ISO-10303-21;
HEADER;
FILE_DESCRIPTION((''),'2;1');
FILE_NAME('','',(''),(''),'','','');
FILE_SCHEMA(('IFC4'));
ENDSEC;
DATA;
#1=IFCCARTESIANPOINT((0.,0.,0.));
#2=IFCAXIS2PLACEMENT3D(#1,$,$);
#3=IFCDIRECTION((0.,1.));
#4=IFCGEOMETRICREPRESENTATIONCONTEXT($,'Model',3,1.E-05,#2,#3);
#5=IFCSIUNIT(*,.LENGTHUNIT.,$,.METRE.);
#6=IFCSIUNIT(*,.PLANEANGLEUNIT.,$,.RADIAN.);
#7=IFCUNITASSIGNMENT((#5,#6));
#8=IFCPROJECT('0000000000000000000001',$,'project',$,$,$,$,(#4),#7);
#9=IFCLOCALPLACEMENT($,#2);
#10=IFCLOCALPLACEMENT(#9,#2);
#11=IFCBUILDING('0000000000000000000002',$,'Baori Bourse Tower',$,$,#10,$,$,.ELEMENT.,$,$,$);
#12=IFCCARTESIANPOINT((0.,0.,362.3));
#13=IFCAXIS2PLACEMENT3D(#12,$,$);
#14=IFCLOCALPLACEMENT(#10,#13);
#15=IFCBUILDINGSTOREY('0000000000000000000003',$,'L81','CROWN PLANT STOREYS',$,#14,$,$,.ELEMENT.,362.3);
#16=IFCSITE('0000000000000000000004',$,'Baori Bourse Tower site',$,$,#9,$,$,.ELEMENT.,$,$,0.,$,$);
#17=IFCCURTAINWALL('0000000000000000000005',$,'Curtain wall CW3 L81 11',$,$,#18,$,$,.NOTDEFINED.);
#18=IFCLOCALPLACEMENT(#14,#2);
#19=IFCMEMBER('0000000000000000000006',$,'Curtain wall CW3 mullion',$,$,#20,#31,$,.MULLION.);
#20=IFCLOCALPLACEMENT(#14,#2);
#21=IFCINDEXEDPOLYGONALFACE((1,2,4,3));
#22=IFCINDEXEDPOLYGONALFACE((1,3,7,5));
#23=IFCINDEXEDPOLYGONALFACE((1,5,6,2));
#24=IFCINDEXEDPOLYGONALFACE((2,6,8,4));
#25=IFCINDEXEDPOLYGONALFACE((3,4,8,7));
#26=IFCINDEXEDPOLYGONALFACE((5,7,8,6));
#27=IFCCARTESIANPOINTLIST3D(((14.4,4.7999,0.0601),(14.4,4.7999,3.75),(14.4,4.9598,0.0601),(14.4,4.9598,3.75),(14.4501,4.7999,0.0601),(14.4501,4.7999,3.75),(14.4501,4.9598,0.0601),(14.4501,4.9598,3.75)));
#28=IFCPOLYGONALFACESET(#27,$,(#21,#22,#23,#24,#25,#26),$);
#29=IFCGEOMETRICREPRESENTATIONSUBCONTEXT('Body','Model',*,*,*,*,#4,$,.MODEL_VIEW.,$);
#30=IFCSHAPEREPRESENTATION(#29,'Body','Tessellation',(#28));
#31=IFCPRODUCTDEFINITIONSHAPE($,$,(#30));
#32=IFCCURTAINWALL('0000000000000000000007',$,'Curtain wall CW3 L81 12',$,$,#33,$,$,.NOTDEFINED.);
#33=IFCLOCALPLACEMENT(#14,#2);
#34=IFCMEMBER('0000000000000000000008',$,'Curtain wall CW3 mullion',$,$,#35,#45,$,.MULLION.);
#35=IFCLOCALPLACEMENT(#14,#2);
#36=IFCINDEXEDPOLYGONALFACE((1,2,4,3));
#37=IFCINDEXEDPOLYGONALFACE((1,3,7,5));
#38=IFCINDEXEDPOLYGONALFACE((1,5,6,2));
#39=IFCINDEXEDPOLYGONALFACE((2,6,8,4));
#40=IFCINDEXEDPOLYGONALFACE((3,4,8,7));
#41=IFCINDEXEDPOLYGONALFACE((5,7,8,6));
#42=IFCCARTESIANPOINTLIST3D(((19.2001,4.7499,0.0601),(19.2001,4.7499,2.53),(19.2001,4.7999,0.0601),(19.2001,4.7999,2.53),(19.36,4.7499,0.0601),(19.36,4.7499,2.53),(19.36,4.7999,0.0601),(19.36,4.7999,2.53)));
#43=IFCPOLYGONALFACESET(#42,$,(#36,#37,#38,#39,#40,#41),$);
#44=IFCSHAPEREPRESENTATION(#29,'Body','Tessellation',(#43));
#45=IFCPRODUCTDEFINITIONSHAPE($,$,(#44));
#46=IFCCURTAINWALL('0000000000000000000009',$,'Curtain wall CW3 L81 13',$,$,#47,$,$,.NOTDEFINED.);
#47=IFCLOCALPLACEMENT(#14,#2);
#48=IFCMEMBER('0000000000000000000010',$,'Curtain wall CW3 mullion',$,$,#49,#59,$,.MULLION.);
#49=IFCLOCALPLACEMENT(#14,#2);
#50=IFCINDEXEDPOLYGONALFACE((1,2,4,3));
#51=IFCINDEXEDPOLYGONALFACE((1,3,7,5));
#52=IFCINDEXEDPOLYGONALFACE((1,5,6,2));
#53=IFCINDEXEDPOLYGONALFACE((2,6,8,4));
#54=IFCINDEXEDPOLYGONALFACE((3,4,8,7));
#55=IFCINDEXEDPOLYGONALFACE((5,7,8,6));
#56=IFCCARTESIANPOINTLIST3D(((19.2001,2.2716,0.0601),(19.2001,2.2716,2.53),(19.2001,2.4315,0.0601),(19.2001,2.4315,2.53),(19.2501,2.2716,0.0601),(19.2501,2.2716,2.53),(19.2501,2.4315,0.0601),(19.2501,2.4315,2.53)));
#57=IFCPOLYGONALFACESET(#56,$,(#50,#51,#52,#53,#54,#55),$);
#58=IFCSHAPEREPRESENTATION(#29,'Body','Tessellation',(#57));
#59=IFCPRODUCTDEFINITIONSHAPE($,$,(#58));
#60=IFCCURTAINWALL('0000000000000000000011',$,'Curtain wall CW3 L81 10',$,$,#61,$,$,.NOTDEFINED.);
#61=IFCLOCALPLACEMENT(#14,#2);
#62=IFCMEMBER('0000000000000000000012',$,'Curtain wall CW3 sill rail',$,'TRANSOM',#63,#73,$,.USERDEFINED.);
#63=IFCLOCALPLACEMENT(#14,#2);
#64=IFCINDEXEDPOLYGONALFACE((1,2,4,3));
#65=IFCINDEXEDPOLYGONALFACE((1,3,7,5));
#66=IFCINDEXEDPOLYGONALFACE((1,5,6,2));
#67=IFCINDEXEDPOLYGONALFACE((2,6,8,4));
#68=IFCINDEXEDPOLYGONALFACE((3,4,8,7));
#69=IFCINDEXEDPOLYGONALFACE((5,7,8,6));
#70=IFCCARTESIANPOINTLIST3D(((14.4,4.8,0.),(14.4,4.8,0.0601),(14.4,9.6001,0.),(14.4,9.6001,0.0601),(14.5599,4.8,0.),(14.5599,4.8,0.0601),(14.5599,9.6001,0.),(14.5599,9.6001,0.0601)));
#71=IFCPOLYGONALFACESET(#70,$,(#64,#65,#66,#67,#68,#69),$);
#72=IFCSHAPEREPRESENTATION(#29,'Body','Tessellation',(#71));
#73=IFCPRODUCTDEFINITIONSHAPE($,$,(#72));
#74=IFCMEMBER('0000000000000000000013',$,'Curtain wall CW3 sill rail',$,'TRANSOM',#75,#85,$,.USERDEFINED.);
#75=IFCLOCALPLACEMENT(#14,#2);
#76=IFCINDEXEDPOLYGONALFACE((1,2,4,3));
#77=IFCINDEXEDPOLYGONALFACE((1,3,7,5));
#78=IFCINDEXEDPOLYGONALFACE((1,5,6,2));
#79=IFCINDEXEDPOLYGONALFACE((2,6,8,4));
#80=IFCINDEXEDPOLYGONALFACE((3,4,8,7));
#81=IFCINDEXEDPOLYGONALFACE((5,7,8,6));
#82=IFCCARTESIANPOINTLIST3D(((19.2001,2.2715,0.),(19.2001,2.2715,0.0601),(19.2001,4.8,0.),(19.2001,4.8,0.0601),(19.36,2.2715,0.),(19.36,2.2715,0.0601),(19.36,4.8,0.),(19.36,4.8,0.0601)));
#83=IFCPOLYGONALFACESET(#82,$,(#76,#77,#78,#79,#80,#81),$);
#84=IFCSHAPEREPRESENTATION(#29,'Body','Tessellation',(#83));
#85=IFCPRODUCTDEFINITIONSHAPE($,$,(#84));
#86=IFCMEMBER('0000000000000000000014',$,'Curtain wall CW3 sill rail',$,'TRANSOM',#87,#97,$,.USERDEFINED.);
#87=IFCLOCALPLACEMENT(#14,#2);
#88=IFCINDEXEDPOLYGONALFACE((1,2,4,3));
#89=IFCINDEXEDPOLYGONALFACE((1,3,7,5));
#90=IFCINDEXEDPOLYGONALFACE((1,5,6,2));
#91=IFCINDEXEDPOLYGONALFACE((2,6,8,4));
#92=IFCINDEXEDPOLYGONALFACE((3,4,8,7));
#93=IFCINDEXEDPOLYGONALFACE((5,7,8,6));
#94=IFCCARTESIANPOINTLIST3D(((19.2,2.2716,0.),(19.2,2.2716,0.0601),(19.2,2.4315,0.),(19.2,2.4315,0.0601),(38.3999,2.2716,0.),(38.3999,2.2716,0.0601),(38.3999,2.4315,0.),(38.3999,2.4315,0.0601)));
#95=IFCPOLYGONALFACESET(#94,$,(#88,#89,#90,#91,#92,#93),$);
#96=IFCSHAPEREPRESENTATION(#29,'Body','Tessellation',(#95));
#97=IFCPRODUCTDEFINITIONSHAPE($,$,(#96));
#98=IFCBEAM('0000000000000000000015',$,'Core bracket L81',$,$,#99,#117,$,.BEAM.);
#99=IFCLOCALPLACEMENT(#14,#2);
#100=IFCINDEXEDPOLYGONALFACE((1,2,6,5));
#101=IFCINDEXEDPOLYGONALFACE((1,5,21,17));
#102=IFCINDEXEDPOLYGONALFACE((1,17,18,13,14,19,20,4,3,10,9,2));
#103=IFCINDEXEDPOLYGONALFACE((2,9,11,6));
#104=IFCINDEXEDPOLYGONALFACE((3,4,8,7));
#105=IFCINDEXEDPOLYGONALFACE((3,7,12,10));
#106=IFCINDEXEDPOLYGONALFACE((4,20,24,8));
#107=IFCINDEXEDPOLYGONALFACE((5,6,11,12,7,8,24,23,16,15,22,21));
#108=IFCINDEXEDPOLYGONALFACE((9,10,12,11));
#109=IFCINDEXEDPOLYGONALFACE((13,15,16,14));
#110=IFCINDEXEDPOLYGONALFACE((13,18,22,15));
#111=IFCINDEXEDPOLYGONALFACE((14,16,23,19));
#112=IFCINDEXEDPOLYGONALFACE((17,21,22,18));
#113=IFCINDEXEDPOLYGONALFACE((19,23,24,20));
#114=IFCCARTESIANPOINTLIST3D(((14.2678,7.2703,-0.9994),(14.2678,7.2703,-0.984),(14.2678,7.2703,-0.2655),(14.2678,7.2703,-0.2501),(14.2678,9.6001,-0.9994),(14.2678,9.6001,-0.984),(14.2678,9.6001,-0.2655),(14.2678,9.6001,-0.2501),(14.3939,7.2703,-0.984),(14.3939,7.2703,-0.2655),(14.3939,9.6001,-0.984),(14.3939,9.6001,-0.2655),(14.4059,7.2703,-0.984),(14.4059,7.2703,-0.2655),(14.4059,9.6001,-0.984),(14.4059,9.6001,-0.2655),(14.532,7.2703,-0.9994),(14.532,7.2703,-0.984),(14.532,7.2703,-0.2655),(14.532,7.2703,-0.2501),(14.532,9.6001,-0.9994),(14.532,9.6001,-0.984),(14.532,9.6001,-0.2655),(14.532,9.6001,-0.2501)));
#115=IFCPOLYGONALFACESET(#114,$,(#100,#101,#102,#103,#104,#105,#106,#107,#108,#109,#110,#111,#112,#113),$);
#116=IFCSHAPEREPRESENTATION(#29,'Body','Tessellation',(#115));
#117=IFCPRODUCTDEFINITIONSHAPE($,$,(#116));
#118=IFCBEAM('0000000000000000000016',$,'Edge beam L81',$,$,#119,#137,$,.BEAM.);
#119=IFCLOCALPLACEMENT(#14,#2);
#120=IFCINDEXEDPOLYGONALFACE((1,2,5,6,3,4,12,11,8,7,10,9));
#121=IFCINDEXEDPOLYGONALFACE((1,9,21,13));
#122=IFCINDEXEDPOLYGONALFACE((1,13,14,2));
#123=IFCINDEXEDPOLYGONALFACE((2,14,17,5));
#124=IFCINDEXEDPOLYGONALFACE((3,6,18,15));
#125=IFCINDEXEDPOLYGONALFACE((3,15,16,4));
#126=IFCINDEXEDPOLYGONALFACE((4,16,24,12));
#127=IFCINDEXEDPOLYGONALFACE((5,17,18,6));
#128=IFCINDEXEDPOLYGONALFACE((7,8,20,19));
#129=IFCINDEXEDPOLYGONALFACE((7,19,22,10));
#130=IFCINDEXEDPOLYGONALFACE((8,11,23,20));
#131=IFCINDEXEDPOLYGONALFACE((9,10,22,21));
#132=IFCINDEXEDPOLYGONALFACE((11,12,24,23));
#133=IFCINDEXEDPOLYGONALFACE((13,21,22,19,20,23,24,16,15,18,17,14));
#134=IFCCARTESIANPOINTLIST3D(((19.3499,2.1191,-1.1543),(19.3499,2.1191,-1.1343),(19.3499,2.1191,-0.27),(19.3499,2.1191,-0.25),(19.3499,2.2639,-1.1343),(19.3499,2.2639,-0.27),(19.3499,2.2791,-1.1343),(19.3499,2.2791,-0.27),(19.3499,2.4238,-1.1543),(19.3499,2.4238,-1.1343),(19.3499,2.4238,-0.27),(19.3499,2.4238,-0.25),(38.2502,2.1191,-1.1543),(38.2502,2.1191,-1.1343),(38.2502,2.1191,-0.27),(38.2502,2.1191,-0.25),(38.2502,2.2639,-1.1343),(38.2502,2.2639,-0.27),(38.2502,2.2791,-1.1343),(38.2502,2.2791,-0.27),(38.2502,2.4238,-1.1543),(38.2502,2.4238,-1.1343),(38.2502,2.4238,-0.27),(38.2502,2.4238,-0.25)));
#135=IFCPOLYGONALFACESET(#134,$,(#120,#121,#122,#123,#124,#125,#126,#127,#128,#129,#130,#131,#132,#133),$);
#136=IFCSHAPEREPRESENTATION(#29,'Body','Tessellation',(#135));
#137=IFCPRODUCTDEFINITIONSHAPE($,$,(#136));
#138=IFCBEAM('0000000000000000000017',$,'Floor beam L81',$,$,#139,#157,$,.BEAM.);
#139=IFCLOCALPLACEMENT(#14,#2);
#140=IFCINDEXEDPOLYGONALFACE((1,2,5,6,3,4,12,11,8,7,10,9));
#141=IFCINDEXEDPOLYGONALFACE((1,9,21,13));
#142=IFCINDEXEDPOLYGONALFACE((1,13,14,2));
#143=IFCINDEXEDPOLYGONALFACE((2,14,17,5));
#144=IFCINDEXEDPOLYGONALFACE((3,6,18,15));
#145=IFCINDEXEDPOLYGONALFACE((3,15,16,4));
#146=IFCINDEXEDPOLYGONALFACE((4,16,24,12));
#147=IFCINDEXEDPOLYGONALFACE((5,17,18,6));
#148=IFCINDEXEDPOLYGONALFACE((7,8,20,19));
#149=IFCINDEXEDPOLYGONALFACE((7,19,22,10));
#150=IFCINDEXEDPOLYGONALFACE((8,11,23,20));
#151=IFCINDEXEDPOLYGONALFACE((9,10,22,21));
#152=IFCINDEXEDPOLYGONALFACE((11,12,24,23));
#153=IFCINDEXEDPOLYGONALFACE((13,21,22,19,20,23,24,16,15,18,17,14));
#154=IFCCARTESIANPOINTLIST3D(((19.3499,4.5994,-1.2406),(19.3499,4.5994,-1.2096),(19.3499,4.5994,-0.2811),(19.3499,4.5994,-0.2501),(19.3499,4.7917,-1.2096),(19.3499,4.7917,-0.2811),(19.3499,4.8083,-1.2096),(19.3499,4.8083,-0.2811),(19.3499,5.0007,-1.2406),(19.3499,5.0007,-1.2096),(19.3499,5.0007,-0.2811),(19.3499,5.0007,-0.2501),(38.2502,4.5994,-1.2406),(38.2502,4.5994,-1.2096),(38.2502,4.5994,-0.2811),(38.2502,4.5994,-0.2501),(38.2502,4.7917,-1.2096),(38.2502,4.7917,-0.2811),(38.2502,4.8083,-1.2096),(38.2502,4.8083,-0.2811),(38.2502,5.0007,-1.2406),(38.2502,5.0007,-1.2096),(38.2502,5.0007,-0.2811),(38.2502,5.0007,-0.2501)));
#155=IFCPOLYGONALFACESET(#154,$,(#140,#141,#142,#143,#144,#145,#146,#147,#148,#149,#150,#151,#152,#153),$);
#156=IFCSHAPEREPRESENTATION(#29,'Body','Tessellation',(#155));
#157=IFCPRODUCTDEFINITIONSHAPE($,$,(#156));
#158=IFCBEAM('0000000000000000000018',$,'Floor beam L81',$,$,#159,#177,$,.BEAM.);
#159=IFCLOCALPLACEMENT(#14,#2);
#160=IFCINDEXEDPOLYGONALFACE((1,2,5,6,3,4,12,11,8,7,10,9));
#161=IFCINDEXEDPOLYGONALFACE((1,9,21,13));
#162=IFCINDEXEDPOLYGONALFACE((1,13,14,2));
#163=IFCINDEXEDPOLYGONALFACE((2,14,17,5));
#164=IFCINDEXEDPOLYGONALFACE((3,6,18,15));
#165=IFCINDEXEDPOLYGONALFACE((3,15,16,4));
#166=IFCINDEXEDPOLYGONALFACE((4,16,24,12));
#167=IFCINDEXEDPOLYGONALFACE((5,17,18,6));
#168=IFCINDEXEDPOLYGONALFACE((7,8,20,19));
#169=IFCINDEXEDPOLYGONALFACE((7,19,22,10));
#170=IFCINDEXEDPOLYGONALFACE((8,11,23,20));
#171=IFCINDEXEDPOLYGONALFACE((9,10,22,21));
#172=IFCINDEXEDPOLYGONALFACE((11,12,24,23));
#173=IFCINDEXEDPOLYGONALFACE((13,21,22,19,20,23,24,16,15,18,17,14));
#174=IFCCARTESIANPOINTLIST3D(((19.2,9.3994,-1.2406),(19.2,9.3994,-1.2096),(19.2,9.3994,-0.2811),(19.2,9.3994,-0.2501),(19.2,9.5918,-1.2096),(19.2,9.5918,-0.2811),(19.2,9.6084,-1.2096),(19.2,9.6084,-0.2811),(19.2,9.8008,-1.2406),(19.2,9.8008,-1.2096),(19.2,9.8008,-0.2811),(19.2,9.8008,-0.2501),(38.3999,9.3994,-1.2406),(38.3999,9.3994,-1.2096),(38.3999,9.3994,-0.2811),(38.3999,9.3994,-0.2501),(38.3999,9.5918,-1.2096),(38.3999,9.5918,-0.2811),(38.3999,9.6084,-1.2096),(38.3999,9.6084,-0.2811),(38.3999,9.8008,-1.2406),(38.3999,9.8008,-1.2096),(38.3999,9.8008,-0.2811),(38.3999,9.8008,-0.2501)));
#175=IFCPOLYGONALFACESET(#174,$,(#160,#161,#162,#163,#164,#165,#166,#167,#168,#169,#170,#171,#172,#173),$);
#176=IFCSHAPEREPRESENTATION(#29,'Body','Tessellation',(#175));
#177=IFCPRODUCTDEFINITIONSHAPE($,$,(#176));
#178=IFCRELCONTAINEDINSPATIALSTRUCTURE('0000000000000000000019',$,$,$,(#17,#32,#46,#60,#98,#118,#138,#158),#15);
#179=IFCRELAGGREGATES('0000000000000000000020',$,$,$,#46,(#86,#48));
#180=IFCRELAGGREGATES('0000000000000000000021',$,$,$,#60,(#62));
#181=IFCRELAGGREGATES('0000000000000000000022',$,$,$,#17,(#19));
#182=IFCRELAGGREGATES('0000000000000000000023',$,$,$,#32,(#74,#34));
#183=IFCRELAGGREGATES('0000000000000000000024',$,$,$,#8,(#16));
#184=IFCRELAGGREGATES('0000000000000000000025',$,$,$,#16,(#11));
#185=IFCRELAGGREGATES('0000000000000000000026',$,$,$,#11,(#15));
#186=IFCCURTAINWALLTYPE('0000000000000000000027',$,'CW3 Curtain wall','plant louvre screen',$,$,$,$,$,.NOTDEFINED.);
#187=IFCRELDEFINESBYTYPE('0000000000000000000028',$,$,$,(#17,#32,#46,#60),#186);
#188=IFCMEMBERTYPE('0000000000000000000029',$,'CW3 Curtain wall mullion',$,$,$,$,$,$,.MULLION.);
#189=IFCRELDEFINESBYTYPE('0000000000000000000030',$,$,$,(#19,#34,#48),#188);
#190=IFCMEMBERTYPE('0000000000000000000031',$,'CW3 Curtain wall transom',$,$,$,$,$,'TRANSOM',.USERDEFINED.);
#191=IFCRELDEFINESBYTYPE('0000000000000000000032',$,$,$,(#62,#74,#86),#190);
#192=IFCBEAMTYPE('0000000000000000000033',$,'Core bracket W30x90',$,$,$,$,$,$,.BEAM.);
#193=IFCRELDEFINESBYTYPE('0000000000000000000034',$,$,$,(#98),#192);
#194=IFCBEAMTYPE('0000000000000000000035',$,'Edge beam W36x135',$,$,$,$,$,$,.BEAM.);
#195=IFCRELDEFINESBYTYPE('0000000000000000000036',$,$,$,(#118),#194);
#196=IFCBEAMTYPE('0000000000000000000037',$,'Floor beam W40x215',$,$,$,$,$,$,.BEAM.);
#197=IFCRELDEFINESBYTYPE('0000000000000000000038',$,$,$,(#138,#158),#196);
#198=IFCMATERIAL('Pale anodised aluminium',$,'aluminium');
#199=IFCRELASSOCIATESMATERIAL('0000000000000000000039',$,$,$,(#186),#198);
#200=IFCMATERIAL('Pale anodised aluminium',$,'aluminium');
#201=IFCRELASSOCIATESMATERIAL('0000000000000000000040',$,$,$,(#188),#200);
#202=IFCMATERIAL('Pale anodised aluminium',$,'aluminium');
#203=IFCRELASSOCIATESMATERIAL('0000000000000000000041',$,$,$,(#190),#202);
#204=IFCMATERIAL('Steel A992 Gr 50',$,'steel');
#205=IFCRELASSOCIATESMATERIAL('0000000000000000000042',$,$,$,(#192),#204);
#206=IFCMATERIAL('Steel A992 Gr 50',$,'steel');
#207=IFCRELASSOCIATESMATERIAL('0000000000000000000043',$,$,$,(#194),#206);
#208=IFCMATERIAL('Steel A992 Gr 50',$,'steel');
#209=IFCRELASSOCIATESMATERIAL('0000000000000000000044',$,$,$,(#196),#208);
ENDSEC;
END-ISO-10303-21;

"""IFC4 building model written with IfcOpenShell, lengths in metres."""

from ifc_helpers import new_model, si_unit, direction, frame, origin, origin_2d, place, context, subcontext, project, spatial, rectangle, i_section, extrude, material, material_profile, profile_set, type_object, element, aggregate, save


model = new_model("IFC4")

# Units and contexts
model_context = context("Model", 3, precision=1e-05, world=origin(), true_north=direction((0.0, 1.0)))
body_context = subcontext(model_context, "Body", "Model", "MODEL_VIEW")
ifc_project = project(units=[si_unit("LENGTHUNIT", "METRE"), si_unit("PLANEANGLEUNIT", "RADIAN")], contexts=[model_context])

# Site, building, storey
site_placement = place(None, origin())
site = spatial("IfcSite", under=ifc_project, at=site_placement, Name="Baori Bourse Tower site", CompositionType="ELEMENT", RefElevation=0.0)
building_placement = place(site_placement, origin())
building = spatial("IfcBuilding", under=site, at=building_placement, Name="Baori Bourse Tower", CompositionType="ELEMENT")
storey_placement = place(building_placement, frame((0.0, 0.0, 362.3)))
storey = spatial("IfcBuildingStorey", under=building, at=storey_placement, Name="L81", Description="CROWN PLANT STOREYS", CompositionType="ELEMENT", Elevation=362.3)

# Curtain walls, members
ifc_material_1 = material(Name="Pale anodised aluminium", Category="aluminium")
curtain_wall_type = type_object("IfcCurtainWallType", Name="CW3 Curtain wall", Description="plant louvre screen", PredefinedType="NOTDEFINED", material=ifc_material_1)
curtain_wall_1_placement = place(storey_placement, origin())
curtain_wall_1 = element("IfcCurtainWall", 1, at=curtain_wall_1_placement, inside=storey, type_object=curtain_wall_type, Name="Curtain wall CW3 L81 11", PredefinedType="NOTDEFINED")
ifc_material_2 = material(Name="Pale anodised aluminium", Category="aluminium")
ifc_material_profile_1 = material_profile(ifc_material_2, rectangle(XDim=0.1599, YDim=0.05, at=origin_2d()), Name="Mullion 50x160")
ifc_profile_set_1 = profile_set([ifc_material_profile_1], Name="Pale anodised aluminium")
member_type_1 = type_object("IfcMemberType", Name="CW3 Curtain wall mullion", PredefinedType="MULLION", material=ifc_profile_set_1)
member_1_placement = place(storey_placement, frame((14.425, 4.8799, 0.0601), z_axis=(0.0, 0.0, 1.0), x_axis=(0.0, 1.0, 0.0)))
member_1 = element("IfcMember", 2, at=member_1_placement, type_object=member_type_1, Name="Curtain wall CW3 mullion", PredefinedType="MULLION", context=body_context, shape_type="SweptSolid", body=[
    extrude(rectangle(XDim=0.1599, YDim=0.05, at=origin_2d()), origin(), (0.0, 0.0, 1.0), 3.6899),
])
curtain_wall_2_placement = place(storey_placement, origin())
curtain_wall_2 = element("IfcCurtainWall", 3, at=curtain_wall_2_placement, inside=storey, type_object=curtain_wall_type, Name="Curtain wall CW3 L81 12", PredefinedType="NOTDEFINED")
member_2_placement = place(storey_placement, frame((19.28, 4.7749, 0.0601), z_axis=(0.0, 0.0, 1.0), x_axis=(1.0, 0.0, 0.0)))
member_2 = element("IfcMember", 4, at=member_2_placement, type_object=member_type_1, Name="Curtain wall CW3 mullion", PredefinedType="MULLION", context=body_context, shape_type="SweptSolid", body=[
    extrude(rectangle(XDim=0.1599, YDim=0.05, at=origin_2d()), origin(), (0.0, 0.0, 1.0), 2.47),
])
curtain_wall_3_placement = place(storey_placement, origin())
curtain_wall_3 = element("IfcCurtainWall", 5, at=curtain_wall_3_placement, inside=storey, type_object=curtain_wall_type, Name="Curtain wall CW3 L81 13", PredefinedType="NOTDEFINED")
member_3_placement = place(storey_placement, frame((19.2251, 2.3516, 0.0601), z_axis=(0.0, 0.0, 1.0), x_axis=(0.0, 1.0, 0.0)))
member_3 = element("IfcMember", 6, at=member_3_placement, type_object=member_type_1, Name="Curtain wall CW3 mullion", PredefinedType="MULLION", context=body_context, shape_type="SweptSolid", body=[
    extrude(rectangle(XDim=0.1599, YDim=0.05, at=origin_2d()), origin(), (0.0, 0.0, 1.0), 2.47),
])
curtain_wall_4_placement = place(storey_placement, origin())
curtain_wall_4 = element("IfcCurtainWall", 7, at=curtain_wall_4_placement, inside=storey, type_object=curtain_wall_type, Name="Curtain wall CW3 L81 10", PredefinedType="NOTDEFINED")
ifc_material_3 = material(Name="Pale anodised aluminium", Category="aluminium")
ifc_material_profile_2 = material_profile(ifc_material_3, rectangle(XDim=0.1599, YDim=0.0601, at=origin_2d()), Name="Transom 60x160")
ifc_profile_set_2 = profile_set([ifc_material_profile_2], Name="Pale anodised aluminium")
member_type_2 = type_object("IfcMemberType", Name="CW3 Curtain wall transom", ElementType="TRANSOM", PredefinedType="USERDEFINED", material=ifc_profile_set_2)
member_4_placement = place(storey_placement, frame((14.48, 9.6001, 0.03), z_axis=(0.0, -1.0, 0.0), x_axis=(1.0, 0.0, 0.0)))
member_4 = element("IfcMember", 8, at=member_4_placement, type_object=member_type_2, Name="Curtain wall CW3 sill rail", ObjectType="TRANSOM", PredefinedType="USERDEFINED", context=body_context, shape_type="SweptSolid", body=[
    extrude(rectangle(XDim=0.1599, YDim=0.0601, at=origin_2d()), origin(), (0.0, 0.0, 1.0), 4.8),
])

# Members
member_5_placement = place(storey_placement, frame((19.28, 4.8, 0.03), z_axis=(0.0, -1.0, 0.0), x_axis=(1.0, 0.0, 0.0)))
member_5 = element("IfcMember", 9, at=member_5_placement, type_object=member_type_2, Name="Curtain wall CW3 sill rail", ObjectType="TRANSOM", PredefinedType="USERDEFINED", context=body_context, shape_type="SweptSolid", body=[
    extrude(rectangle(XDim=0.1599, YDim=0.0601, at=origin_2d()), origin(), (0.0, 0.0, 1.0), 2.5286),
])
member_6_placement = place(storey_placement, frame((19.2, 2.3516, 0.03), z_axis=(1.0, 0.0, 0.0), x_axis=(0.0, 1.0, 0.0)))
member_6 = element("IfcMember", 10, at=member_6_placement, type_object=member_type_2, Name="Curtain wall CW3 sill rail", ObjectType="TRANSOM", PredefinedType="USERDEFINED", context=body_context, shape_type="SweptSolid", body=[
    extrude(rectangle(XDim=0.1599, YDim=0.0601, at=origin_2d()), origin(), (0.0, 0.0, 1.0), 19.2),
])
aggregate(curtain_wall_3, [member_6, member_3])

# Beams
ifc_material_4 = material(Name="Steel A992 Gr 50", Category="steel")
ifc_material_profile_3 = material_profile(ifc_material_4, i_section(OverallWidth=0.2642, OverallDepth=0.7493, WebThickness=0.012, FlangeThickness=0.0154, at=origin_2d()), Name="W30x90")
ifc_profile_set_3 = profile_set([ifc_material_profile_3], Name="Steel A992 Gr 50")
beam_type_1 = type_object("IfcBeamType", Name="Core bracket W30x90", PredefinedType="BEAM", material=ifc_profile_set_3)
beam_1_placement = place(storey_placement, frame((14.3999, 7.2703, -0.6248), z_axis=(0.0, 1.0, 0.0), x_axis=(-1.0, 0.0, 0.0)))
element("IfcBeam", 11, at=beam_1_placement, inside=storey, type_object=beam_type_1, Name="Core bracket L81", PredefinedType="BEAM", context=body_context, shape_type="SweptSolid", body=[
    extrude(i_section(OverallWidth=0.2642, OverallDepth=0.7493, WebThickness=0.012, FlangeThickness=0.0154, at=origin_2d()), origin(), (0.0, 0.0, 1.0), 2.3298),
])
ifc_material_5 = material(Name="Steel A992 Gr 50", Category="steel")
ifc_material_profile_4 = material_profile(ifc_material_5, i_section(OverallWidth=0.3047, OverallDepth=0.9043, WebThickness=0.0151, FlangeThickness=0.02, at=origin_2d()), Name="W36x135")
ifc_profile_set_4 = profile_set([ifc_material_profile_4], Name="Steel A992 Gr 50")
beam_type_2 = type_object("IfcBeamType", Name="Edge beam W36x135", PredefinedType="BEAM", material=ifc_profile_set_4)
beam_2_placement = place(storey_placement, frame((19.3499, 2.2715, -0.7021), z_axis=(1.0, 0.0, 0.0), x_axis=(0.0, 1.0, 0.0)))
element("IfcBeam", 12, at=beam_2_placement, inside=storey, type_object=beam_type_2, Name="Edge beam L81", PredefinedType="BEAM", context=body_context, shape_type="SweptSolid", body=[
    extrude(i_section(OverallWidth=0.3047, OverallDepth=0.9043, WebThickness=0.0151, FlangeThickness=0.02, at=origin_2d()), origin(), (0.0, 0.0, 1.0), 18.9004),
])
ifc_material_6 = material(Name="Steel A992 Gr 50", Category="steel")
ifc_material_profile_5 = material_profile(ifc_material_6, i_section(OverallWidth=0.4014, OverallDepth=0.9905, WebThickness=0.0166, FlangeThickness=0.031, at=origin_2d()), Name="W40x215")
ifc_profile_set_5 = profile_set([ifc_material_profile_5], Name="Steel A992 Gr 50")
beam_type_3 = type_object("IfcBeamType", Name="Floor beam W40x215", PredefinedType="BEAM", material=ifc_profile_set_5)
beam_3_placement = place(storey_placement, frame((19.3499, 4.8, -0.7454), z_axis=(1.0, 0.0, 0.0), x_axis=(0.0, 1.0, 0.0)))
element("IfcBeam", 13, at=beam_3_placement, inside=storey, type_object=beam_type_3, Name="Floor beam L81", PredefinedType="BEAM", context=body_context, shape_type="SweptSolid", body=[
    extrude(i_section(OverallWidth=0.4014, OverallDepth=0.9905, WebThickness=0.0166, FlangeThickness=0.031, at=origin_2d()), origin(), (0.0, 0.0, 1.0), 18.9004),
])
for number, where, z_axis, x_axis, name in (
    (14, (19.2, 9.6001, -0.7454), (1.0, 0.0, 0.0), (0.0, 1.0, 0.0), "Floor beam L81"),
):
    element("IfcBeam", number, at=place(storey_placement, frame(where, z_axis=z_axis, x_axis=x_axis)), inside=storey, type_object=beam_type_3, Name=name, PredefinedType="BEAM", context=body_context, shape_type="SweptSolid", body=[
        extrude(i_section(OverallWidth=0.4014, OverallDepth=0.9905, WebThickness=0.0166, FlangeThickness=0.031, at=origin_2d()), origin(), (0.0, 0.0, 1.0), 19.2),
    ])

aggregate(curtain_wall_4, [member_4])
aggregate(curtain_wall_1, [member_1])
aggregate(curtain_wall_2, [member_5, member_2])

save(model, "model.ifc")
